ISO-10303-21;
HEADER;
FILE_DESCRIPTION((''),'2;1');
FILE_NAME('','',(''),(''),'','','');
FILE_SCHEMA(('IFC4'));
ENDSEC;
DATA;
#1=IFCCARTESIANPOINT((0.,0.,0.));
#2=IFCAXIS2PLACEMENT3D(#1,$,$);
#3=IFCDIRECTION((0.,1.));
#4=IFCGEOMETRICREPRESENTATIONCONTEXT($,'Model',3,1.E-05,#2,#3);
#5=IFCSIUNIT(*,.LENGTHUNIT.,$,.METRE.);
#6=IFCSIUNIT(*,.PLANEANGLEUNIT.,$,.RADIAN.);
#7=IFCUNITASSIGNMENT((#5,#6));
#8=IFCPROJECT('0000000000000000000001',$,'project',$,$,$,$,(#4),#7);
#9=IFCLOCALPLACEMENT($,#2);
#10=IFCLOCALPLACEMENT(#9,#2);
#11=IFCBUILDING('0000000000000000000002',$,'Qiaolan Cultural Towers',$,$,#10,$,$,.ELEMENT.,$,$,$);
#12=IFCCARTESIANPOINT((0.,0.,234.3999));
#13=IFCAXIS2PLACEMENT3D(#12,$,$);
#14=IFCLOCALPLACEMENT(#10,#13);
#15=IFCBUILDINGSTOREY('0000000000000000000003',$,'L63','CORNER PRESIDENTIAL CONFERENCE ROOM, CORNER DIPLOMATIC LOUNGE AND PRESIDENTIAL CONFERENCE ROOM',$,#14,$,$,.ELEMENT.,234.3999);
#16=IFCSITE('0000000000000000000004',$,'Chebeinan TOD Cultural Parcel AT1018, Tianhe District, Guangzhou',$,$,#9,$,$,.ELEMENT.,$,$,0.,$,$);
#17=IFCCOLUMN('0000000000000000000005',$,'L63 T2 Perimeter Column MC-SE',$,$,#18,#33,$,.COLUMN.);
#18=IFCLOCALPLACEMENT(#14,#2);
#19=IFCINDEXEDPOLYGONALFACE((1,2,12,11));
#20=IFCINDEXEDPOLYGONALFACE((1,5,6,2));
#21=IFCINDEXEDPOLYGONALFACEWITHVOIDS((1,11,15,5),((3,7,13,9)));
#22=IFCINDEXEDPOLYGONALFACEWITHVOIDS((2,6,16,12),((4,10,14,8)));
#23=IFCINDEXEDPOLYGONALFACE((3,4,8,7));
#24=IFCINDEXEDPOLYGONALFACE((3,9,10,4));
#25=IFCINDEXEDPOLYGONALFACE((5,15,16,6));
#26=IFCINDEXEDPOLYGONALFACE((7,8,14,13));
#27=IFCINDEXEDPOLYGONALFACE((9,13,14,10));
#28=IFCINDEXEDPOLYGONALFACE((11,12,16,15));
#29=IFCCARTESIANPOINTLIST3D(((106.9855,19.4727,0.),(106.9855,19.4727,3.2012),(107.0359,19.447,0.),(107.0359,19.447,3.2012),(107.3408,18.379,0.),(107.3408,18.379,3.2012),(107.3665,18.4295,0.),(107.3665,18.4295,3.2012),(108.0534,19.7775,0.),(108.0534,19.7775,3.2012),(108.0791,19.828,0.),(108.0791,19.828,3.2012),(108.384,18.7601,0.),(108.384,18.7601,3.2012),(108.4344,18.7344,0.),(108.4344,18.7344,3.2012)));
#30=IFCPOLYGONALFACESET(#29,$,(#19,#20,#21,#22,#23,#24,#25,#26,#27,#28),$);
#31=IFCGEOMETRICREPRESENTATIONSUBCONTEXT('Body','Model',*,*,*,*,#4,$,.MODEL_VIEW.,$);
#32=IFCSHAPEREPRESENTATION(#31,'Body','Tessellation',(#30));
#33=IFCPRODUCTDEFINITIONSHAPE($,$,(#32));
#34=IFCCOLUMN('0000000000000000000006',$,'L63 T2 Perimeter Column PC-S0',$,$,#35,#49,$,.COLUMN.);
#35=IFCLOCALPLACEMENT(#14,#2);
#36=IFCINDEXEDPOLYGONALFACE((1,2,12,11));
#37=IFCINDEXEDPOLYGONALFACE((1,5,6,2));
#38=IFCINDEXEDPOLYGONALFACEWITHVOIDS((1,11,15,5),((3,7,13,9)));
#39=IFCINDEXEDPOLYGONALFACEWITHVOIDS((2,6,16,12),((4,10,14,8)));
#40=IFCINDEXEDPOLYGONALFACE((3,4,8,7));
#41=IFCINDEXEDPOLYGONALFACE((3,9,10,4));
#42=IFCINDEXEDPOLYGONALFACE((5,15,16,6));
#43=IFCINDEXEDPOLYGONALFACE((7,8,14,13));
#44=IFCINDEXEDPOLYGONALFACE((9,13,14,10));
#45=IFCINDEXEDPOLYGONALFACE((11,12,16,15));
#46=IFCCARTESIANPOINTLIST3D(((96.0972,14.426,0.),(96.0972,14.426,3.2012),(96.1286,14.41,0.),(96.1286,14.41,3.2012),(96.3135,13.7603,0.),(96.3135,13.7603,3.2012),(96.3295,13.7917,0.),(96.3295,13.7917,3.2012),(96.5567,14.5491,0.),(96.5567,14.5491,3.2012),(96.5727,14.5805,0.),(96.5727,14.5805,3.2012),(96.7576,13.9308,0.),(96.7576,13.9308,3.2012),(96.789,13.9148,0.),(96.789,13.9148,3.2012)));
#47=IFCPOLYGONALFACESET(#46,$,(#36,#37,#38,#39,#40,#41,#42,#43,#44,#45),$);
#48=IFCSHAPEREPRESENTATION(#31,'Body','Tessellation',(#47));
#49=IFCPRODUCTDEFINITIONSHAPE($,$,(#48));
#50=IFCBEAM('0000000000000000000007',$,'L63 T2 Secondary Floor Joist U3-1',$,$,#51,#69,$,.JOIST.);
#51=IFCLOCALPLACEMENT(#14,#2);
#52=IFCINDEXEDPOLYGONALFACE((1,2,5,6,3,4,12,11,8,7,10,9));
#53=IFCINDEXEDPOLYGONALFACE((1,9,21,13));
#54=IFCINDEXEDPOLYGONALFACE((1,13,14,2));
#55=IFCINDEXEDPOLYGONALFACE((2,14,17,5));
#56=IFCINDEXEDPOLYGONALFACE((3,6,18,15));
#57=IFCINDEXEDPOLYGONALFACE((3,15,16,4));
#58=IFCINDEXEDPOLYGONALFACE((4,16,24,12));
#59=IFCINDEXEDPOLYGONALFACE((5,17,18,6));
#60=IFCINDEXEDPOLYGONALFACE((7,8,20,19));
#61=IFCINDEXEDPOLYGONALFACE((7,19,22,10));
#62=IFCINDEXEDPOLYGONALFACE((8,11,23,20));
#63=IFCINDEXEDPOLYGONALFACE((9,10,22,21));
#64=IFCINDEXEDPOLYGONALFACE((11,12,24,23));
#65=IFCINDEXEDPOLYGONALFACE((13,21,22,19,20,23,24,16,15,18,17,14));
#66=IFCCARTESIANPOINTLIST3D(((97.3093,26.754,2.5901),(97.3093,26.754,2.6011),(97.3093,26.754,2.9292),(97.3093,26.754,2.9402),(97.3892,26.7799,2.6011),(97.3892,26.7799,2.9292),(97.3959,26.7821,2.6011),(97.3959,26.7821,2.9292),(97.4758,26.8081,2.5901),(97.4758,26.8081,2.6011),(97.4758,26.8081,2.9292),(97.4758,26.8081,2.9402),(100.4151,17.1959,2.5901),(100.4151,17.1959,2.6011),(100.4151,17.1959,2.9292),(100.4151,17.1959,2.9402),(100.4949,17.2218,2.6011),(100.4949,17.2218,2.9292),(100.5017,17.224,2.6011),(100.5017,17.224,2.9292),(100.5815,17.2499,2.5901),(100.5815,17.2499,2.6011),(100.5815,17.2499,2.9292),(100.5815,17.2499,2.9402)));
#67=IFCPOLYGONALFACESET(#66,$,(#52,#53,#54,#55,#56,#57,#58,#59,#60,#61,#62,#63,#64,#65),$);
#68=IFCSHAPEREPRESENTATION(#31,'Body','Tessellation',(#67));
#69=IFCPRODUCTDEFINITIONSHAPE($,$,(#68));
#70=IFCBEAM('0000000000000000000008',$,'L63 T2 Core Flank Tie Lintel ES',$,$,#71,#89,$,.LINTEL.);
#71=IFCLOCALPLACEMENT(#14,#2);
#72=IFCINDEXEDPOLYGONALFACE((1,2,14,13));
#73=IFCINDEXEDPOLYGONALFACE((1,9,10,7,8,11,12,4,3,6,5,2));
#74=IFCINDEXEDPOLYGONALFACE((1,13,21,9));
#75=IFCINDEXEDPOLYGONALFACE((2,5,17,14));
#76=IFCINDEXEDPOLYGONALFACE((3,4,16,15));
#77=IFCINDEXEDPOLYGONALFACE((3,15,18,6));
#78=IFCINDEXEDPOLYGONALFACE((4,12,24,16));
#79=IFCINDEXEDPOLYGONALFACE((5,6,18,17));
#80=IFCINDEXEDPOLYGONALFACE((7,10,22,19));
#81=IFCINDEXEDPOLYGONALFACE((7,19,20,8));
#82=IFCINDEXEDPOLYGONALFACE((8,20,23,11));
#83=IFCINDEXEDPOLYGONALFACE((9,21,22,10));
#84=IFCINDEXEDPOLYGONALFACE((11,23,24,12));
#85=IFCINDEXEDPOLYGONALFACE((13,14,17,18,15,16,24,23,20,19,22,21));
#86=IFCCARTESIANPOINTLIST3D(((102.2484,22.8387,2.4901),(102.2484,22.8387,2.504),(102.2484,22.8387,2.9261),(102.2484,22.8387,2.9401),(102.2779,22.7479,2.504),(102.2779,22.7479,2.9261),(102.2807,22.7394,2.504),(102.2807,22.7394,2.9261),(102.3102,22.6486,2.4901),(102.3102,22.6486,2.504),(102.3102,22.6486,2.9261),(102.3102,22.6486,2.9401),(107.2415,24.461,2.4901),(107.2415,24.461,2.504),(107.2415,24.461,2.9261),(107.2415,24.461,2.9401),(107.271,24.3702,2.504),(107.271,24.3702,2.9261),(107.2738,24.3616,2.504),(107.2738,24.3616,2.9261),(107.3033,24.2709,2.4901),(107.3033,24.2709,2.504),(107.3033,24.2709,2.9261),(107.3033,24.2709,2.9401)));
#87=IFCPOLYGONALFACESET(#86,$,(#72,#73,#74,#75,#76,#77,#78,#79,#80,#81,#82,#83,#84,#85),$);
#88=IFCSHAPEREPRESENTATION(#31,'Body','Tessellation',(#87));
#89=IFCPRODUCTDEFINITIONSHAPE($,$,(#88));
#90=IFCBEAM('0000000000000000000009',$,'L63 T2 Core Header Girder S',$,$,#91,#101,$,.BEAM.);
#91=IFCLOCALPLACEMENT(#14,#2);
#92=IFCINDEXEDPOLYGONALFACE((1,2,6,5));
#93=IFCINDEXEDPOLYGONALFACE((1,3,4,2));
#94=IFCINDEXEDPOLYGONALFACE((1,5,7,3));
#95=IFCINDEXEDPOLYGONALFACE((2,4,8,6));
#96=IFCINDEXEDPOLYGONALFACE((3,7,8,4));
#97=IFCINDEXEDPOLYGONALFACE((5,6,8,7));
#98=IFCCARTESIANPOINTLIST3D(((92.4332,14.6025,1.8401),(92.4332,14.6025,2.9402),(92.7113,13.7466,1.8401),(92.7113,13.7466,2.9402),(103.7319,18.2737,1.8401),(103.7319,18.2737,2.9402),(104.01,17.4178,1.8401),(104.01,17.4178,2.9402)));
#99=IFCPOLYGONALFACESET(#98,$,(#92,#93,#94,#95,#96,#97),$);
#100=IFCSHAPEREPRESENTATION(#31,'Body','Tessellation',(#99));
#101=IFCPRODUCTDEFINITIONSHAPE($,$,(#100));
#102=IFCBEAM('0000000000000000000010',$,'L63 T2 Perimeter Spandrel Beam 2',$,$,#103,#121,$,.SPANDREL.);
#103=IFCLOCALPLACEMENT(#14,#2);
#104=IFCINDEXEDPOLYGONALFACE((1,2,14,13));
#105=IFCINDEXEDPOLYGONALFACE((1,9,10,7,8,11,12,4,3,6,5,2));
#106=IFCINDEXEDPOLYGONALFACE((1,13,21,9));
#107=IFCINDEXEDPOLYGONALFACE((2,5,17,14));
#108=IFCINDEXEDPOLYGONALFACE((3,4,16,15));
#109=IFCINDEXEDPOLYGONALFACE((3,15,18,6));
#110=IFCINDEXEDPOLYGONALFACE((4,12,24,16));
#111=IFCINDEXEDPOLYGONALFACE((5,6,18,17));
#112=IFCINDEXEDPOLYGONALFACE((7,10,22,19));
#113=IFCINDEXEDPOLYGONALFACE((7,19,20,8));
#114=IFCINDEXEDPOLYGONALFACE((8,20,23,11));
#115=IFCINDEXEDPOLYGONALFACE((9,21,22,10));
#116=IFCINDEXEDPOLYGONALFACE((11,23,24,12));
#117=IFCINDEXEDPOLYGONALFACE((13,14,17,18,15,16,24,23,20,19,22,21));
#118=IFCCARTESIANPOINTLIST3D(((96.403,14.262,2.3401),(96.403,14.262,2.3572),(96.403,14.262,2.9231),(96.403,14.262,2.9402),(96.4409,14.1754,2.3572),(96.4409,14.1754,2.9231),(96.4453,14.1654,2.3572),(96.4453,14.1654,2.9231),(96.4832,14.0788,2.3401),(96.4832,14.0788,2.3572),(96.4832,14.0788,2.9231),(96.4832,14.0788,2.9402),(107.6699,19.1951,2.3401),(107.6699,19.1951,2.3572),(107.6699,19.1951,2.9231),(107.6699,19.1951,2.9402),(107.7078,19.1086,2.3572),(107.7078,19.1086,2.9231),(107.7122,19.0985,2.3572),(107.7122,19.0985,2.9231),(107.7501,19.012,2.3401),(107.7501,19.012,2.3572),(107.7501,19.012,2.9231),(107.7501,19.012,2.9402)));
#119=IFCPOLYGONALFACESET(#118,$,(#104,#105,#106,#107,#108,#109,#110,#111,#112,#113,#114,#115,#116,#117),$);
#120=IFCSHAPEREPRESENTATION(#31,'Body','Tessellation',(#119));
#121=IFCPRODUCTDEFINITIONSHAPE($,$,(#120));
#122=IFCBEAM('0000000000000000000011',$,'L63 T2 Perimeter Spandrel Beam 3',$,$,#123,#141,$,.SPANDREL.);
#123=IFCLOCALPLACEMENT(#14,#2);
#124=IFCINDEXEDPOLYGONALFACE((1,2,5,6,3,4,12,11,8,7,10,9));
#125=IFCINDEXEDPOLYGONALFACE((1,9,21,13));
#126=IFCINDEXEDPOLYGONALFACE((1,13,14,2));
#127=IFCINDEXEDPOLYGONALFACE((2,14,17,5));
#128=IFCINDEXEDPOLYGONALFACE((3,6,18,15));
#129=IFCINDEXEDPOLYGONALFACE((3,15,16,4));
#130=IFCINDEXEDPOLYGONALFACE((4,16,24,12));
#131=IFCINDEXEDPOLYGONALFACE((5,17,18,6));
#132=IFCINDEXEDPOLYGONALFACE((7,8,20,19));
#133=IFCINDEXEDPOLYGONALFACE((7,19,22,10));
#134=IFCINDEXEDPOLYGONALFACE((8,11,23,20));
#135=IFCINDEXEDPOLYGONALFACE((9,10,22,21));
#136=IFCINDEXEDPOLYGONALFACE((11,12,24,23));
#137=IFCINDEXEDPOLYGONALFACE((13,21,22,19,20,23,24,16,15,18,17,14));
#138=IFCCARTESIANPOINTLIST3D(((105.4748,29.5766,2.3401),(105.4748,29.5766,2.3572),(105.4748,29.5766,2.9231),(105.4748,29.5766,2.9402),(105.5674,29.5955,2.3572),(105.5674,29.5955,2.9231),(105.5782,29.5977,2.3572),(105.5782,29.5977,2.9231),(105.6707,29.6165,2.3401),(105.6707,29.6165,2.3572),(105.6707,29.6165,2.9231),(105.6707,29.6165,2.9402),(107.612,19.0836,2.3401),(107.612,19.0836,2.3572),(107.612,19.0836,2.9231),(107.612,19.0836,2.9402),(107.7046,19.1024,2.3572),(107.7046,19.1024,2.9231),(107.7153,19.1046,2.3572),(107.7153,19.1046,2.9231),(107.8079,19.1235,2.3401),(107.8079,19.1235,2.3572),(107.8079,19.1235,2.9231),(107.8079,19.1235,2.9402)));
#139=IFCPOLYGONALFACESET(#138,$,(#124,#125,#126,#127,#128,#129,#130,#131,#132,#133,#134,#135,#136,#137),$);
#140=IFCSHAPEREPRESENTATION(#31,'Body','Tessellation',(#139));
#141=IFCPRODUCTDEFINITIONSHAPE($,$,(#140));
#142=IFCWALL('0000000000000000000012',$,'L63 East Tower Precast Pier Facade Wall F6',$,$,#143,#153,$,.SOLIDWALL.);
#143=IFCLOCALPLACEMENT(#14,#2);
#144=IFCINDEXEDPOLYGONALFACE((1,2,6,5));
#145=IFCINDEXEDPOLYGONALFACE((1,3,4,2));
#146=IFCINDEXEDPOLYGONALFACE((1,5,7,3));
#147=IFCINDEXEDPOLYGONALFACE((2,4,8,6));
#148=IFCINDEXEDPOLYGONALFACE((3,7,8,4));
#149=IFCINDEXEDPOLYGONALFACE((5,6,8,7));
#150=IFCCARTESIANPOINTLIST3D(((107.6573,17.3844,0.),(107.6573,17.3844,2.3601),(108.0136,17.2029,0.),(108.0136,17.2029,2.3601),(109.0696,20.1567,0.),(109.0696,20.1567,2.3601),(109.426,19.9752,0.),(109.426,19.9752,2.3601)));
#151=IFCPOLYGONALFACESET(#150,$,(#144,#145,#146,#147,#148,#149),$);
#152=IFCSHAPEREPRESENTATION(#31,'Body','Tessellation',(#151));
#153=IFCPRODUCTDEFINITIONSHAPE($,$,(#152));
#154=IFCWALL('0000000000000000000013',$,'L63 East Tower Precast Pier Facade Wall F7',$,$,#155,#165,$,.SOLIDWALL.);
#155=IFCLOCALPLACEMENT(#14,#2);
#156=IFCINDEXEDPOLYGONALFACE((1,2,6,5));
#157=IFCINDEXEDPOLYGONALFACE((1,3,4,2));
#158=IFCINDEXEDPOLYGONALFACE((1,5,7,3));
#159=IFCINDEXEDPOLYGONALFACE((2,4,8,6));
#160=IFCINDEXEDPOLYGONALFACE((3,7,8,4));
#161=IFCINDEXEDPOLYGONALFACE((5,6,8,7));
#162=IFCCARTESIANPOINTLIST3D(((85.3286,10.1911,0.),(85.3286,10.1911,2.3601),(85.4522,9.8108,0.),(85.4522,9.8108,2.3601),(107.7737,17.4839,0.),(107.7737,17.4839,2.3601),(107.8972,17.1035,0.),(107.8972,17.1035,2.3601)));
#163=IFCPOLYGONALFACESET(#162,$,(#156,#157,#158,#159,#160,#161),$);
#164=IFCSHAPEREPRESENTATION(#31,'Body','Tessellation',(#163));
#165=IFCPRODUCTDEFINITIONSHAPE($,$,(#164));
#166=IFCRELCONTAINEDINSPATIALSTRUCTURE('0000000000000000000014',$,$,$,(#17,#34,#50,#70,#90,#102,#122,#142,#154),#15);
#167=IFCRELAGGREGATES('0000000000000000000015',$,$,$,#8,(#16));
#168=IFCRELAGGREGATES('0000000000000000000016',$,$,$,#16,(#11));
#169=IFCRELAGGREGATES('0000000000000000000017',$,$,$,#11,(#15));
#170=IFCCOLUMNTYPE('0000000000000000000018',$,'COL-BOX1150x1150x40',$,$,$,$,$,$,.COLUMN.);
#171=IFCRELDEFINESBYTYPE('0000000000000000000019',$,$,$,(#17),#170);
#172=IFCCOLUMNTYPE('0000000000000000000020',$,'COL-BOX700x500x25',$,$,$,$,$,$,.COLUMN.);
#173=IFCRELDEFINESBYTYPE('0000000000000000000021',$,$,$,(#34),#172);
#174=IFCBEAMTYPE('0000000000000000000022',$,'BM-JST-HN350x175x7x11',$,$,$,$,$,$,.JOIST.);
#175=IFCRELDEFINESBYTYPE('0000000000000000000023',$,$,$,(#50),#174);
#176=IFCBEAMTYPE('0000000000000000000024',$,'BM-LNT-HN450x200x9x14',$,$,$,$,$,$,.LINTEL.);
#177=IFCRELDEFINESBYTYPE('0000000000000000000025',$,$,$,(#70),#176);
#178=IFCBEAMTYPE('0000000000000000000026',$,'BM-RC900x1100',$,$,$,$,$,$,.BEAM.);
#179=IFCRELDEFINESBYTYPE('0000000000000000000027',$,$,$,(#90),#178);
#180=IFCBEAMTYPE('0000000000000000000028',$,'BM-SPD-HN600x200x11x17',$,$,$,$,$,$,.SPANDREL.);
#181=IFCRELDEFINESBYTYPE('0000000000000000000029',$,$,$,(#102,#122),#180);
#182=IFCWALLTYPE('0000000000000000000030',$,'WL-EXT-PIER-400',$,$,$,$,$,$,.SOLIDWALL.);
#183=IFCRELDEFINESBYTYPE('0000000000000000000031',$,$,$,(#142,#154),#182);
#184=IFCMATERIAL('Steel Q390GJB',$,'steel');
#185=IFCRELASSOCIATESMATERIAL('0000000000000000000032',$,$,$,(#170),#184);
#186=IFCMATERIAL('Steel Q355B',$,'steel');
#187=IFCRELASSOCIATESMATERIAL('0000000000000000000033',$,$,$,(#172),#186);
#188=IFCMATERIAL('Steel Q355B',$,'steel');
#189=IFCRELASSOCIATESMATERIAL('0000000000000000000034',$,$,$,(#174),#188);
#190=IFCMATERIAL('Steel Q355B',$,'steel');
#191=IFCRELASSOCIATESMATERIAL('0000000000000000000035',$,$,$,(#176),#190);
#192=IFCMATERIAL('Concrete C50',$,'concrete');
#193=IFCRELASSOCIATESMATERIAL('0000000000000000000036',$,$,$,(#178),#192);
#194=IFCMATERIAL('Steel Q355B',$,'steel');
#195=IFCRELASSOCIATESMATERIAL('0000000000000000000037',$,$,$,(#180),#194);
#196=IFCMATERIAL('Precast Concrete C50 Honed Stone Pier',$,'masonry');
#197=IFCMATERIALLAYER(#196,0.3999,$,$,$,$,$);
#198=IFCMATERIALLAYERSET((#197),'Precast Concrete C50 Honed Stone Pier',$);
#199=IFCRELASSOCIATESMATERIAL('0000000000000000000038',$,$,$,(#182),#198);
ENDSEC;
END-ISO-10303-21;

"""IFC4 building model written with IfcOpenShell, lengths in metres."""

from ifc_helpers import new_model, si_unit, direction, frame, frame_2d, origin, origin_2d, place, context, subcontext, project, spatial, rectangle, hollow_rectangle, i_section, extrude, material, layer, layer_set, material_profile, profile_set, type_object, element, save


model = new_model("IFC4")

# Units and contexts
model_context = context("Model", 3, precision=1e-05, world=origin(), true_north=direction((0.0, 1.0)))
body_context = subcontext(model_context, "Body", "Model", "MODEL_VIEW")
ifc_project = project(units=[si_unit("LENGTHUNIT", "METRE"), si_unit("PLANEANGLEUNIT", "RADIAN")], contexts=[model_context])

# Site, building, storey
site_placement = place(None, origin())
site = spatial("IfcSite", under=ifc_project, at=site_placement, Name="Chebeinan TOD Cultural Parcel AT1018, Tianhe District, Guangzhou", CompositionType="ELEMENT", RefElevation=0.0)
building_placement = place(site_placement, origin())
building = spatial("IfcBuilding", under=site, at=building_placement, Name="Qiaolan Cultural Towers", CompositionType="ELEMENT")
storey_placement = place(building_placement, frame((0.0, 0.0, 234.3999)))
storey = spatial("IfcBuildingStorey", under=building, at=storey_placement, Name="L63", Description="CORNER PRESIDENTIAL CONFERENCE ROOM, CORNER DIPLOMATIC LOUNGE AND PRESIDENTIAL CONFERENCE ROOM", CompositionType="ELEMENT", Elevation=234.3999)

# Columns
ifc_material_1 = material(Name="Steel Q390GJB", Category="steel")
ifc_material_profile_1 = material_profile(ifc_material_1, hollow_rectangle(XDim=1.1499, YDim=1.1499, WallThickness=0.04, at=origin_2d()), Name="BOX1150x1150x40")
ifc_profile_set_1 = profile_set([ifc_material_profile_1], Name="Steel Q390GJB")
column_type_1 = type_object("IfcColumnType", Name="COL-BOX1150x1150x40", PredefinedType="COLUMN", material=ifc_profile_set_1)
column_1_placement = place(storey_placement, frame((107.71, 19.1035, 0.0), z_axis=(0.0, 0.0, 1.0), x_axis=(0.951057, 0.309017, 0.0)))
element("IfcColumn", 1, at=column_1_placement, inside=storey, type_object=column_type_1, Name="L63 T2 Perimeter Column MC-SE", PredefinedType="COLUMN", context=body_context, shape_type="SweptSolid", body=[
    extrude(hollow_rectangle(XDim=1.1499, YDim=1.1499, WallThickness=0.04, at=origin_2d()), origin(), (0.0, 0.0, 1.0), 3.2012),
])
ifc_material_2 = material(Name="Steel Q355B", Category="steel")
ifc_material_profile_2 = material_profile(ifc_material_2, hollow_rectangle(XDim=0.5, YDim=0.7, WallThickness=0.0249, at=origin_2d()), Name="BOX700x500x25")
ifc_profile_set_2 = profile_set([ifc_material_profile_2], Name="Steel Q355B")
column_type_2 = type_object("IfcColumnType", Name="COL-BOX700x500x25", PredefinedType="COLUMN", material=ifc_profile_set_2)
column_2_placement = place(storey_placement, frame((96.4431, 14.1704, 0.0), z_axis=(0.0, 0.0, 1.0), x_axis=(0.951057, 0.309017, 0.0)))
element("IfcColumn", 2, at=column_2_placement, inside=storey, type_object=column_type_2, Name="L63 T2 Perimeter Column PC-S0", PredefinedType="COLUMN", context=body_context, shape_type="SweptSolid", body=[
    extrude(hollow_rectangle(XDim=0.5, YDim=0.7, WallThickness=0.0249, at=origin_2d()), origin(), (0.0, 0.0, 1.0), 3.2012),
])

# Beams
ifc_material_3 = material(Name="Steel Q355B", Category="steel")
ifc_material_profile_3 = material_profile(ifc_material_3, i_section(OverallWidth=0.175, OverallDepth=0.3501, WebThickness=0.0071, FlangeThickness=0.011, at=origin_2d()), Name="HN350x175x7x11")
ifc_profile_set_3 = profile_set([ifc_material_profile_3], Name="Steel Q355B")
beam_type_1 = type_object("IfcBeamType", Name="BM-JST-HN350x175x7x11", PredefinedType="JOIST", material=ifc_profile_set_3)
beam_1_placement = place(storey_placement, frame((100.4983, 17.2229, 2.7651), z_axis=(-0.309026, 0.951054, 0.0), x_axis=(-0.951054, -0.309026, 0.0)))
element("IfcBeam", 3, at=beam_1_placement, inside=storey, type_object=beam_type_1, Name="L63 T2 Secondary Floor Joist U3-1", PredefinedType="JOIST", context=body_context, shape_type="SweptSolid", body=[
    extrude(i_section(OverallWidth=0.175, OverallDepth=0.3501, WebThickness=0.0071, FlangeThickness=0.011, at=origin_2d()), origin(), (0.0, 0.0, 1.0), 10.05),
])
ifc_material_4 = material(Name="Steel Q355B", Category="steel")
ifc_material_profile_4 = material_profile(ifc_material_4, i_section(OverallWidth=0.2, OverallDepth=0.45, WebThickness=0.009, FlangeThickness=0.0139, at=origin_2d()), Name="HN450x200x9x14")
ifc_profile_set_4 = profile_set([ifc_material_profile_4], Name="Steel Q355B")
beam_type_2 = type_object("IfcBeamType", Name="BM-LNT-HN450x200x9x14", PredefinedType="LINTEL", material=ifc_profile_set_4)
beam_2_placement = place(storey_placement, frame((102.2793, 22.7437, 2.7151), z_axis=(0.95106, 0.309006, 0.0), x_axis=(-0.309006, 0.95106, 0.0)))
element("IfcBeam", 4, at=beam_2_placement, inside=storey, type_object=beam_type_2, Name="L63 T2 Core Flank Tie Lintel ES", PredefinedType="LINTEL", context=body_context, shape_type="SweptSolid", body=[
    extrude(i_section(OverallWidth=0.2, OverallDepth=0.45, WebThickness=0.009, FlangeThickness=0.0139, at=origin_2d()), origin(), (0.0, 0.0, 1.0), 5.25),
])
ifc_material_5 = material(Name="Concrete C50", Category="concrete")
ifc_material_profile_5 = material_profile(ifc_material_5, rectangle(XDim=0.8999, YDim=1.1001, at=origin_2d()), Name="RC900x1100")
ifc_profile_set_5 = profile_set([ifc_material_profile_5], Name="Concrete C50")
beam_type_3 = type_object("IfcBeamType", Name="BM-RC900x1100", PredefinedType="BEAM", material=ifc_profile_set_5)
beam_3_placement = place(storey_placement, frame((92.5723, 14.1746, 2.3901), z_axis=(0.951056, 0.309018, 0.0), x_axis=(-0.309018, 0.951056, 0.0)))
element("IfcBeam", 5, at=beam_3_placement, inside=storey, type_object=beam_type_3, Name="L63 T2 Core Header Girder S", PredefinedType="BEAM", context=body_context, shape_type="SweptSolid", body=[
    extrude(rectangle(XDim=0.8999, YDim=1.1001, at=origin_2d()), origin(), (0.0, 0.0, 1.0), 11.8801),
])
ifc_material_6 = material(Name="Steel Q355B", Category="steel")
ifc_material_profile_6 = material_profile(ifc_material_6, i_section(OverallWidth=0.2, OverallDepth=0.6001, WebThickness=0.011, FlangeThickness=0.0171, at=origin_2d()), Name="HN600x200x11x17")
ifc_profile_set_6 = profile_set([ifc_material_profile_6], Name="Steel Q355B")
beam_type_4 = type_object("IfcBeamType", Name="BM-SPD-HN600x200x11x17", PredefinedType="SPANDREL", material=ifc_profile_set_6)
beam_4_placement = place(storey_placement, frame((96.4431, 14.1704, 2.6401), z_axis=(0.916042, 0.401082, 0.0), x_axis=(-0.401082, 0.916042, 0.0)))
element("IfcBeam", 6, at=beam_4_placement, inside=storey, type_object=beam_type_4, Name="L63 T2 Perimeter Spandrel Beam 2", PredefinedType="SPANDREL", context=body_context, shape_type="SweptSolid", body=[
    extrude(i_section(OverallWidth=0.2, OverallDepth=0.6001, WebThickness=0.011, FlangeThickness=0.0171, at=origin_2d()), origin(), (0.0, 0.0, 1.0), 12.2996),
])
beam_5_placement = place(storey_placement, frame((107.71, 19.1035, 2.6401), z_axis=(-0.199579, 0.979882, 0.0), x_axis=(-0.979882, -0.199579, 0.0)))
element("IfcBeam", 7, at=beam_5_placement, inside=storey, type_object=beam_type_4, Name="L63 T2 Perimeter Spandrel Beam 3", PredefinedType="SPANDREL", context=body_context, shape_type="SweptSolid", body=[
    extrude(i_section(OverallWidth=0.2, OverallDepth=0.6001, WebThickness=0.011, FlangeThickness=0.0171, at=origin_2d()), origin(), (0.0, 0.0, 1.0), 10.7085),
])

# Walls
ifc_material_7 = material(Name="Precast Concrete C50 Honed Stone Pier", Category="masonry")
ifc_layer_1 = layer(ifc_material_7, 0.3999)
ifc_layer_set_1 = layer_set([ifc_layer_1], Name="Precast Concrete C50 Honed Stone Pier")
wall_type_1 = type_object("IfcWallType", Name="WL-EXT-PIER-400", PredefinedType="SOLIDWALL", material=ifc_layer_set_1)
wall_1_placement = place(storey_placement, frame((109.2478, 20.0659, 0.0), z_axis=(0.0, 0.0, 1.0), x_axis=(-0.453949, -0.891028, 0.0)))
element("IfcWall", 8, at=wall_1_placement, inside=storey, type_object=wall_type_1, Name="L63 East Tower Precast Pier Facade Wall F6", PredefinedType="SOLIDWALL", context=body_context, shape_type="SweptSolid", body=[
    extrude(rectangle(XDim=3.1113, YDim=0.3999, at=frame_2d((1.5557, 0.0))), origin(), (0.0, 0.0, 1.0), 2.3601),
])
wall_2_placement = place(storey_placement, frame((107.8354, 17.2937, 0.0), z_axis=(0.0, 0.0, 1.0), x_axis=(-0.951058, -0.309012, 0.0)))
element("IfcWall", 9, at=wall_2_placement, inside=storey, type_object=wall_type_1, Name="L63 East Tower Precast Pier Facade Wall F7", PredefinedType="SOLIDWALL", context=body_context, shape_type="SweptSolid", body=[
    extrude(rectangle(XDim=23.6001, YDim=0.3999, at=frame_2d((11.8, 0.0))), origin(), (0.0, 0.0, 1.0), 2.3601),
])

save(model, "model.ifc")
